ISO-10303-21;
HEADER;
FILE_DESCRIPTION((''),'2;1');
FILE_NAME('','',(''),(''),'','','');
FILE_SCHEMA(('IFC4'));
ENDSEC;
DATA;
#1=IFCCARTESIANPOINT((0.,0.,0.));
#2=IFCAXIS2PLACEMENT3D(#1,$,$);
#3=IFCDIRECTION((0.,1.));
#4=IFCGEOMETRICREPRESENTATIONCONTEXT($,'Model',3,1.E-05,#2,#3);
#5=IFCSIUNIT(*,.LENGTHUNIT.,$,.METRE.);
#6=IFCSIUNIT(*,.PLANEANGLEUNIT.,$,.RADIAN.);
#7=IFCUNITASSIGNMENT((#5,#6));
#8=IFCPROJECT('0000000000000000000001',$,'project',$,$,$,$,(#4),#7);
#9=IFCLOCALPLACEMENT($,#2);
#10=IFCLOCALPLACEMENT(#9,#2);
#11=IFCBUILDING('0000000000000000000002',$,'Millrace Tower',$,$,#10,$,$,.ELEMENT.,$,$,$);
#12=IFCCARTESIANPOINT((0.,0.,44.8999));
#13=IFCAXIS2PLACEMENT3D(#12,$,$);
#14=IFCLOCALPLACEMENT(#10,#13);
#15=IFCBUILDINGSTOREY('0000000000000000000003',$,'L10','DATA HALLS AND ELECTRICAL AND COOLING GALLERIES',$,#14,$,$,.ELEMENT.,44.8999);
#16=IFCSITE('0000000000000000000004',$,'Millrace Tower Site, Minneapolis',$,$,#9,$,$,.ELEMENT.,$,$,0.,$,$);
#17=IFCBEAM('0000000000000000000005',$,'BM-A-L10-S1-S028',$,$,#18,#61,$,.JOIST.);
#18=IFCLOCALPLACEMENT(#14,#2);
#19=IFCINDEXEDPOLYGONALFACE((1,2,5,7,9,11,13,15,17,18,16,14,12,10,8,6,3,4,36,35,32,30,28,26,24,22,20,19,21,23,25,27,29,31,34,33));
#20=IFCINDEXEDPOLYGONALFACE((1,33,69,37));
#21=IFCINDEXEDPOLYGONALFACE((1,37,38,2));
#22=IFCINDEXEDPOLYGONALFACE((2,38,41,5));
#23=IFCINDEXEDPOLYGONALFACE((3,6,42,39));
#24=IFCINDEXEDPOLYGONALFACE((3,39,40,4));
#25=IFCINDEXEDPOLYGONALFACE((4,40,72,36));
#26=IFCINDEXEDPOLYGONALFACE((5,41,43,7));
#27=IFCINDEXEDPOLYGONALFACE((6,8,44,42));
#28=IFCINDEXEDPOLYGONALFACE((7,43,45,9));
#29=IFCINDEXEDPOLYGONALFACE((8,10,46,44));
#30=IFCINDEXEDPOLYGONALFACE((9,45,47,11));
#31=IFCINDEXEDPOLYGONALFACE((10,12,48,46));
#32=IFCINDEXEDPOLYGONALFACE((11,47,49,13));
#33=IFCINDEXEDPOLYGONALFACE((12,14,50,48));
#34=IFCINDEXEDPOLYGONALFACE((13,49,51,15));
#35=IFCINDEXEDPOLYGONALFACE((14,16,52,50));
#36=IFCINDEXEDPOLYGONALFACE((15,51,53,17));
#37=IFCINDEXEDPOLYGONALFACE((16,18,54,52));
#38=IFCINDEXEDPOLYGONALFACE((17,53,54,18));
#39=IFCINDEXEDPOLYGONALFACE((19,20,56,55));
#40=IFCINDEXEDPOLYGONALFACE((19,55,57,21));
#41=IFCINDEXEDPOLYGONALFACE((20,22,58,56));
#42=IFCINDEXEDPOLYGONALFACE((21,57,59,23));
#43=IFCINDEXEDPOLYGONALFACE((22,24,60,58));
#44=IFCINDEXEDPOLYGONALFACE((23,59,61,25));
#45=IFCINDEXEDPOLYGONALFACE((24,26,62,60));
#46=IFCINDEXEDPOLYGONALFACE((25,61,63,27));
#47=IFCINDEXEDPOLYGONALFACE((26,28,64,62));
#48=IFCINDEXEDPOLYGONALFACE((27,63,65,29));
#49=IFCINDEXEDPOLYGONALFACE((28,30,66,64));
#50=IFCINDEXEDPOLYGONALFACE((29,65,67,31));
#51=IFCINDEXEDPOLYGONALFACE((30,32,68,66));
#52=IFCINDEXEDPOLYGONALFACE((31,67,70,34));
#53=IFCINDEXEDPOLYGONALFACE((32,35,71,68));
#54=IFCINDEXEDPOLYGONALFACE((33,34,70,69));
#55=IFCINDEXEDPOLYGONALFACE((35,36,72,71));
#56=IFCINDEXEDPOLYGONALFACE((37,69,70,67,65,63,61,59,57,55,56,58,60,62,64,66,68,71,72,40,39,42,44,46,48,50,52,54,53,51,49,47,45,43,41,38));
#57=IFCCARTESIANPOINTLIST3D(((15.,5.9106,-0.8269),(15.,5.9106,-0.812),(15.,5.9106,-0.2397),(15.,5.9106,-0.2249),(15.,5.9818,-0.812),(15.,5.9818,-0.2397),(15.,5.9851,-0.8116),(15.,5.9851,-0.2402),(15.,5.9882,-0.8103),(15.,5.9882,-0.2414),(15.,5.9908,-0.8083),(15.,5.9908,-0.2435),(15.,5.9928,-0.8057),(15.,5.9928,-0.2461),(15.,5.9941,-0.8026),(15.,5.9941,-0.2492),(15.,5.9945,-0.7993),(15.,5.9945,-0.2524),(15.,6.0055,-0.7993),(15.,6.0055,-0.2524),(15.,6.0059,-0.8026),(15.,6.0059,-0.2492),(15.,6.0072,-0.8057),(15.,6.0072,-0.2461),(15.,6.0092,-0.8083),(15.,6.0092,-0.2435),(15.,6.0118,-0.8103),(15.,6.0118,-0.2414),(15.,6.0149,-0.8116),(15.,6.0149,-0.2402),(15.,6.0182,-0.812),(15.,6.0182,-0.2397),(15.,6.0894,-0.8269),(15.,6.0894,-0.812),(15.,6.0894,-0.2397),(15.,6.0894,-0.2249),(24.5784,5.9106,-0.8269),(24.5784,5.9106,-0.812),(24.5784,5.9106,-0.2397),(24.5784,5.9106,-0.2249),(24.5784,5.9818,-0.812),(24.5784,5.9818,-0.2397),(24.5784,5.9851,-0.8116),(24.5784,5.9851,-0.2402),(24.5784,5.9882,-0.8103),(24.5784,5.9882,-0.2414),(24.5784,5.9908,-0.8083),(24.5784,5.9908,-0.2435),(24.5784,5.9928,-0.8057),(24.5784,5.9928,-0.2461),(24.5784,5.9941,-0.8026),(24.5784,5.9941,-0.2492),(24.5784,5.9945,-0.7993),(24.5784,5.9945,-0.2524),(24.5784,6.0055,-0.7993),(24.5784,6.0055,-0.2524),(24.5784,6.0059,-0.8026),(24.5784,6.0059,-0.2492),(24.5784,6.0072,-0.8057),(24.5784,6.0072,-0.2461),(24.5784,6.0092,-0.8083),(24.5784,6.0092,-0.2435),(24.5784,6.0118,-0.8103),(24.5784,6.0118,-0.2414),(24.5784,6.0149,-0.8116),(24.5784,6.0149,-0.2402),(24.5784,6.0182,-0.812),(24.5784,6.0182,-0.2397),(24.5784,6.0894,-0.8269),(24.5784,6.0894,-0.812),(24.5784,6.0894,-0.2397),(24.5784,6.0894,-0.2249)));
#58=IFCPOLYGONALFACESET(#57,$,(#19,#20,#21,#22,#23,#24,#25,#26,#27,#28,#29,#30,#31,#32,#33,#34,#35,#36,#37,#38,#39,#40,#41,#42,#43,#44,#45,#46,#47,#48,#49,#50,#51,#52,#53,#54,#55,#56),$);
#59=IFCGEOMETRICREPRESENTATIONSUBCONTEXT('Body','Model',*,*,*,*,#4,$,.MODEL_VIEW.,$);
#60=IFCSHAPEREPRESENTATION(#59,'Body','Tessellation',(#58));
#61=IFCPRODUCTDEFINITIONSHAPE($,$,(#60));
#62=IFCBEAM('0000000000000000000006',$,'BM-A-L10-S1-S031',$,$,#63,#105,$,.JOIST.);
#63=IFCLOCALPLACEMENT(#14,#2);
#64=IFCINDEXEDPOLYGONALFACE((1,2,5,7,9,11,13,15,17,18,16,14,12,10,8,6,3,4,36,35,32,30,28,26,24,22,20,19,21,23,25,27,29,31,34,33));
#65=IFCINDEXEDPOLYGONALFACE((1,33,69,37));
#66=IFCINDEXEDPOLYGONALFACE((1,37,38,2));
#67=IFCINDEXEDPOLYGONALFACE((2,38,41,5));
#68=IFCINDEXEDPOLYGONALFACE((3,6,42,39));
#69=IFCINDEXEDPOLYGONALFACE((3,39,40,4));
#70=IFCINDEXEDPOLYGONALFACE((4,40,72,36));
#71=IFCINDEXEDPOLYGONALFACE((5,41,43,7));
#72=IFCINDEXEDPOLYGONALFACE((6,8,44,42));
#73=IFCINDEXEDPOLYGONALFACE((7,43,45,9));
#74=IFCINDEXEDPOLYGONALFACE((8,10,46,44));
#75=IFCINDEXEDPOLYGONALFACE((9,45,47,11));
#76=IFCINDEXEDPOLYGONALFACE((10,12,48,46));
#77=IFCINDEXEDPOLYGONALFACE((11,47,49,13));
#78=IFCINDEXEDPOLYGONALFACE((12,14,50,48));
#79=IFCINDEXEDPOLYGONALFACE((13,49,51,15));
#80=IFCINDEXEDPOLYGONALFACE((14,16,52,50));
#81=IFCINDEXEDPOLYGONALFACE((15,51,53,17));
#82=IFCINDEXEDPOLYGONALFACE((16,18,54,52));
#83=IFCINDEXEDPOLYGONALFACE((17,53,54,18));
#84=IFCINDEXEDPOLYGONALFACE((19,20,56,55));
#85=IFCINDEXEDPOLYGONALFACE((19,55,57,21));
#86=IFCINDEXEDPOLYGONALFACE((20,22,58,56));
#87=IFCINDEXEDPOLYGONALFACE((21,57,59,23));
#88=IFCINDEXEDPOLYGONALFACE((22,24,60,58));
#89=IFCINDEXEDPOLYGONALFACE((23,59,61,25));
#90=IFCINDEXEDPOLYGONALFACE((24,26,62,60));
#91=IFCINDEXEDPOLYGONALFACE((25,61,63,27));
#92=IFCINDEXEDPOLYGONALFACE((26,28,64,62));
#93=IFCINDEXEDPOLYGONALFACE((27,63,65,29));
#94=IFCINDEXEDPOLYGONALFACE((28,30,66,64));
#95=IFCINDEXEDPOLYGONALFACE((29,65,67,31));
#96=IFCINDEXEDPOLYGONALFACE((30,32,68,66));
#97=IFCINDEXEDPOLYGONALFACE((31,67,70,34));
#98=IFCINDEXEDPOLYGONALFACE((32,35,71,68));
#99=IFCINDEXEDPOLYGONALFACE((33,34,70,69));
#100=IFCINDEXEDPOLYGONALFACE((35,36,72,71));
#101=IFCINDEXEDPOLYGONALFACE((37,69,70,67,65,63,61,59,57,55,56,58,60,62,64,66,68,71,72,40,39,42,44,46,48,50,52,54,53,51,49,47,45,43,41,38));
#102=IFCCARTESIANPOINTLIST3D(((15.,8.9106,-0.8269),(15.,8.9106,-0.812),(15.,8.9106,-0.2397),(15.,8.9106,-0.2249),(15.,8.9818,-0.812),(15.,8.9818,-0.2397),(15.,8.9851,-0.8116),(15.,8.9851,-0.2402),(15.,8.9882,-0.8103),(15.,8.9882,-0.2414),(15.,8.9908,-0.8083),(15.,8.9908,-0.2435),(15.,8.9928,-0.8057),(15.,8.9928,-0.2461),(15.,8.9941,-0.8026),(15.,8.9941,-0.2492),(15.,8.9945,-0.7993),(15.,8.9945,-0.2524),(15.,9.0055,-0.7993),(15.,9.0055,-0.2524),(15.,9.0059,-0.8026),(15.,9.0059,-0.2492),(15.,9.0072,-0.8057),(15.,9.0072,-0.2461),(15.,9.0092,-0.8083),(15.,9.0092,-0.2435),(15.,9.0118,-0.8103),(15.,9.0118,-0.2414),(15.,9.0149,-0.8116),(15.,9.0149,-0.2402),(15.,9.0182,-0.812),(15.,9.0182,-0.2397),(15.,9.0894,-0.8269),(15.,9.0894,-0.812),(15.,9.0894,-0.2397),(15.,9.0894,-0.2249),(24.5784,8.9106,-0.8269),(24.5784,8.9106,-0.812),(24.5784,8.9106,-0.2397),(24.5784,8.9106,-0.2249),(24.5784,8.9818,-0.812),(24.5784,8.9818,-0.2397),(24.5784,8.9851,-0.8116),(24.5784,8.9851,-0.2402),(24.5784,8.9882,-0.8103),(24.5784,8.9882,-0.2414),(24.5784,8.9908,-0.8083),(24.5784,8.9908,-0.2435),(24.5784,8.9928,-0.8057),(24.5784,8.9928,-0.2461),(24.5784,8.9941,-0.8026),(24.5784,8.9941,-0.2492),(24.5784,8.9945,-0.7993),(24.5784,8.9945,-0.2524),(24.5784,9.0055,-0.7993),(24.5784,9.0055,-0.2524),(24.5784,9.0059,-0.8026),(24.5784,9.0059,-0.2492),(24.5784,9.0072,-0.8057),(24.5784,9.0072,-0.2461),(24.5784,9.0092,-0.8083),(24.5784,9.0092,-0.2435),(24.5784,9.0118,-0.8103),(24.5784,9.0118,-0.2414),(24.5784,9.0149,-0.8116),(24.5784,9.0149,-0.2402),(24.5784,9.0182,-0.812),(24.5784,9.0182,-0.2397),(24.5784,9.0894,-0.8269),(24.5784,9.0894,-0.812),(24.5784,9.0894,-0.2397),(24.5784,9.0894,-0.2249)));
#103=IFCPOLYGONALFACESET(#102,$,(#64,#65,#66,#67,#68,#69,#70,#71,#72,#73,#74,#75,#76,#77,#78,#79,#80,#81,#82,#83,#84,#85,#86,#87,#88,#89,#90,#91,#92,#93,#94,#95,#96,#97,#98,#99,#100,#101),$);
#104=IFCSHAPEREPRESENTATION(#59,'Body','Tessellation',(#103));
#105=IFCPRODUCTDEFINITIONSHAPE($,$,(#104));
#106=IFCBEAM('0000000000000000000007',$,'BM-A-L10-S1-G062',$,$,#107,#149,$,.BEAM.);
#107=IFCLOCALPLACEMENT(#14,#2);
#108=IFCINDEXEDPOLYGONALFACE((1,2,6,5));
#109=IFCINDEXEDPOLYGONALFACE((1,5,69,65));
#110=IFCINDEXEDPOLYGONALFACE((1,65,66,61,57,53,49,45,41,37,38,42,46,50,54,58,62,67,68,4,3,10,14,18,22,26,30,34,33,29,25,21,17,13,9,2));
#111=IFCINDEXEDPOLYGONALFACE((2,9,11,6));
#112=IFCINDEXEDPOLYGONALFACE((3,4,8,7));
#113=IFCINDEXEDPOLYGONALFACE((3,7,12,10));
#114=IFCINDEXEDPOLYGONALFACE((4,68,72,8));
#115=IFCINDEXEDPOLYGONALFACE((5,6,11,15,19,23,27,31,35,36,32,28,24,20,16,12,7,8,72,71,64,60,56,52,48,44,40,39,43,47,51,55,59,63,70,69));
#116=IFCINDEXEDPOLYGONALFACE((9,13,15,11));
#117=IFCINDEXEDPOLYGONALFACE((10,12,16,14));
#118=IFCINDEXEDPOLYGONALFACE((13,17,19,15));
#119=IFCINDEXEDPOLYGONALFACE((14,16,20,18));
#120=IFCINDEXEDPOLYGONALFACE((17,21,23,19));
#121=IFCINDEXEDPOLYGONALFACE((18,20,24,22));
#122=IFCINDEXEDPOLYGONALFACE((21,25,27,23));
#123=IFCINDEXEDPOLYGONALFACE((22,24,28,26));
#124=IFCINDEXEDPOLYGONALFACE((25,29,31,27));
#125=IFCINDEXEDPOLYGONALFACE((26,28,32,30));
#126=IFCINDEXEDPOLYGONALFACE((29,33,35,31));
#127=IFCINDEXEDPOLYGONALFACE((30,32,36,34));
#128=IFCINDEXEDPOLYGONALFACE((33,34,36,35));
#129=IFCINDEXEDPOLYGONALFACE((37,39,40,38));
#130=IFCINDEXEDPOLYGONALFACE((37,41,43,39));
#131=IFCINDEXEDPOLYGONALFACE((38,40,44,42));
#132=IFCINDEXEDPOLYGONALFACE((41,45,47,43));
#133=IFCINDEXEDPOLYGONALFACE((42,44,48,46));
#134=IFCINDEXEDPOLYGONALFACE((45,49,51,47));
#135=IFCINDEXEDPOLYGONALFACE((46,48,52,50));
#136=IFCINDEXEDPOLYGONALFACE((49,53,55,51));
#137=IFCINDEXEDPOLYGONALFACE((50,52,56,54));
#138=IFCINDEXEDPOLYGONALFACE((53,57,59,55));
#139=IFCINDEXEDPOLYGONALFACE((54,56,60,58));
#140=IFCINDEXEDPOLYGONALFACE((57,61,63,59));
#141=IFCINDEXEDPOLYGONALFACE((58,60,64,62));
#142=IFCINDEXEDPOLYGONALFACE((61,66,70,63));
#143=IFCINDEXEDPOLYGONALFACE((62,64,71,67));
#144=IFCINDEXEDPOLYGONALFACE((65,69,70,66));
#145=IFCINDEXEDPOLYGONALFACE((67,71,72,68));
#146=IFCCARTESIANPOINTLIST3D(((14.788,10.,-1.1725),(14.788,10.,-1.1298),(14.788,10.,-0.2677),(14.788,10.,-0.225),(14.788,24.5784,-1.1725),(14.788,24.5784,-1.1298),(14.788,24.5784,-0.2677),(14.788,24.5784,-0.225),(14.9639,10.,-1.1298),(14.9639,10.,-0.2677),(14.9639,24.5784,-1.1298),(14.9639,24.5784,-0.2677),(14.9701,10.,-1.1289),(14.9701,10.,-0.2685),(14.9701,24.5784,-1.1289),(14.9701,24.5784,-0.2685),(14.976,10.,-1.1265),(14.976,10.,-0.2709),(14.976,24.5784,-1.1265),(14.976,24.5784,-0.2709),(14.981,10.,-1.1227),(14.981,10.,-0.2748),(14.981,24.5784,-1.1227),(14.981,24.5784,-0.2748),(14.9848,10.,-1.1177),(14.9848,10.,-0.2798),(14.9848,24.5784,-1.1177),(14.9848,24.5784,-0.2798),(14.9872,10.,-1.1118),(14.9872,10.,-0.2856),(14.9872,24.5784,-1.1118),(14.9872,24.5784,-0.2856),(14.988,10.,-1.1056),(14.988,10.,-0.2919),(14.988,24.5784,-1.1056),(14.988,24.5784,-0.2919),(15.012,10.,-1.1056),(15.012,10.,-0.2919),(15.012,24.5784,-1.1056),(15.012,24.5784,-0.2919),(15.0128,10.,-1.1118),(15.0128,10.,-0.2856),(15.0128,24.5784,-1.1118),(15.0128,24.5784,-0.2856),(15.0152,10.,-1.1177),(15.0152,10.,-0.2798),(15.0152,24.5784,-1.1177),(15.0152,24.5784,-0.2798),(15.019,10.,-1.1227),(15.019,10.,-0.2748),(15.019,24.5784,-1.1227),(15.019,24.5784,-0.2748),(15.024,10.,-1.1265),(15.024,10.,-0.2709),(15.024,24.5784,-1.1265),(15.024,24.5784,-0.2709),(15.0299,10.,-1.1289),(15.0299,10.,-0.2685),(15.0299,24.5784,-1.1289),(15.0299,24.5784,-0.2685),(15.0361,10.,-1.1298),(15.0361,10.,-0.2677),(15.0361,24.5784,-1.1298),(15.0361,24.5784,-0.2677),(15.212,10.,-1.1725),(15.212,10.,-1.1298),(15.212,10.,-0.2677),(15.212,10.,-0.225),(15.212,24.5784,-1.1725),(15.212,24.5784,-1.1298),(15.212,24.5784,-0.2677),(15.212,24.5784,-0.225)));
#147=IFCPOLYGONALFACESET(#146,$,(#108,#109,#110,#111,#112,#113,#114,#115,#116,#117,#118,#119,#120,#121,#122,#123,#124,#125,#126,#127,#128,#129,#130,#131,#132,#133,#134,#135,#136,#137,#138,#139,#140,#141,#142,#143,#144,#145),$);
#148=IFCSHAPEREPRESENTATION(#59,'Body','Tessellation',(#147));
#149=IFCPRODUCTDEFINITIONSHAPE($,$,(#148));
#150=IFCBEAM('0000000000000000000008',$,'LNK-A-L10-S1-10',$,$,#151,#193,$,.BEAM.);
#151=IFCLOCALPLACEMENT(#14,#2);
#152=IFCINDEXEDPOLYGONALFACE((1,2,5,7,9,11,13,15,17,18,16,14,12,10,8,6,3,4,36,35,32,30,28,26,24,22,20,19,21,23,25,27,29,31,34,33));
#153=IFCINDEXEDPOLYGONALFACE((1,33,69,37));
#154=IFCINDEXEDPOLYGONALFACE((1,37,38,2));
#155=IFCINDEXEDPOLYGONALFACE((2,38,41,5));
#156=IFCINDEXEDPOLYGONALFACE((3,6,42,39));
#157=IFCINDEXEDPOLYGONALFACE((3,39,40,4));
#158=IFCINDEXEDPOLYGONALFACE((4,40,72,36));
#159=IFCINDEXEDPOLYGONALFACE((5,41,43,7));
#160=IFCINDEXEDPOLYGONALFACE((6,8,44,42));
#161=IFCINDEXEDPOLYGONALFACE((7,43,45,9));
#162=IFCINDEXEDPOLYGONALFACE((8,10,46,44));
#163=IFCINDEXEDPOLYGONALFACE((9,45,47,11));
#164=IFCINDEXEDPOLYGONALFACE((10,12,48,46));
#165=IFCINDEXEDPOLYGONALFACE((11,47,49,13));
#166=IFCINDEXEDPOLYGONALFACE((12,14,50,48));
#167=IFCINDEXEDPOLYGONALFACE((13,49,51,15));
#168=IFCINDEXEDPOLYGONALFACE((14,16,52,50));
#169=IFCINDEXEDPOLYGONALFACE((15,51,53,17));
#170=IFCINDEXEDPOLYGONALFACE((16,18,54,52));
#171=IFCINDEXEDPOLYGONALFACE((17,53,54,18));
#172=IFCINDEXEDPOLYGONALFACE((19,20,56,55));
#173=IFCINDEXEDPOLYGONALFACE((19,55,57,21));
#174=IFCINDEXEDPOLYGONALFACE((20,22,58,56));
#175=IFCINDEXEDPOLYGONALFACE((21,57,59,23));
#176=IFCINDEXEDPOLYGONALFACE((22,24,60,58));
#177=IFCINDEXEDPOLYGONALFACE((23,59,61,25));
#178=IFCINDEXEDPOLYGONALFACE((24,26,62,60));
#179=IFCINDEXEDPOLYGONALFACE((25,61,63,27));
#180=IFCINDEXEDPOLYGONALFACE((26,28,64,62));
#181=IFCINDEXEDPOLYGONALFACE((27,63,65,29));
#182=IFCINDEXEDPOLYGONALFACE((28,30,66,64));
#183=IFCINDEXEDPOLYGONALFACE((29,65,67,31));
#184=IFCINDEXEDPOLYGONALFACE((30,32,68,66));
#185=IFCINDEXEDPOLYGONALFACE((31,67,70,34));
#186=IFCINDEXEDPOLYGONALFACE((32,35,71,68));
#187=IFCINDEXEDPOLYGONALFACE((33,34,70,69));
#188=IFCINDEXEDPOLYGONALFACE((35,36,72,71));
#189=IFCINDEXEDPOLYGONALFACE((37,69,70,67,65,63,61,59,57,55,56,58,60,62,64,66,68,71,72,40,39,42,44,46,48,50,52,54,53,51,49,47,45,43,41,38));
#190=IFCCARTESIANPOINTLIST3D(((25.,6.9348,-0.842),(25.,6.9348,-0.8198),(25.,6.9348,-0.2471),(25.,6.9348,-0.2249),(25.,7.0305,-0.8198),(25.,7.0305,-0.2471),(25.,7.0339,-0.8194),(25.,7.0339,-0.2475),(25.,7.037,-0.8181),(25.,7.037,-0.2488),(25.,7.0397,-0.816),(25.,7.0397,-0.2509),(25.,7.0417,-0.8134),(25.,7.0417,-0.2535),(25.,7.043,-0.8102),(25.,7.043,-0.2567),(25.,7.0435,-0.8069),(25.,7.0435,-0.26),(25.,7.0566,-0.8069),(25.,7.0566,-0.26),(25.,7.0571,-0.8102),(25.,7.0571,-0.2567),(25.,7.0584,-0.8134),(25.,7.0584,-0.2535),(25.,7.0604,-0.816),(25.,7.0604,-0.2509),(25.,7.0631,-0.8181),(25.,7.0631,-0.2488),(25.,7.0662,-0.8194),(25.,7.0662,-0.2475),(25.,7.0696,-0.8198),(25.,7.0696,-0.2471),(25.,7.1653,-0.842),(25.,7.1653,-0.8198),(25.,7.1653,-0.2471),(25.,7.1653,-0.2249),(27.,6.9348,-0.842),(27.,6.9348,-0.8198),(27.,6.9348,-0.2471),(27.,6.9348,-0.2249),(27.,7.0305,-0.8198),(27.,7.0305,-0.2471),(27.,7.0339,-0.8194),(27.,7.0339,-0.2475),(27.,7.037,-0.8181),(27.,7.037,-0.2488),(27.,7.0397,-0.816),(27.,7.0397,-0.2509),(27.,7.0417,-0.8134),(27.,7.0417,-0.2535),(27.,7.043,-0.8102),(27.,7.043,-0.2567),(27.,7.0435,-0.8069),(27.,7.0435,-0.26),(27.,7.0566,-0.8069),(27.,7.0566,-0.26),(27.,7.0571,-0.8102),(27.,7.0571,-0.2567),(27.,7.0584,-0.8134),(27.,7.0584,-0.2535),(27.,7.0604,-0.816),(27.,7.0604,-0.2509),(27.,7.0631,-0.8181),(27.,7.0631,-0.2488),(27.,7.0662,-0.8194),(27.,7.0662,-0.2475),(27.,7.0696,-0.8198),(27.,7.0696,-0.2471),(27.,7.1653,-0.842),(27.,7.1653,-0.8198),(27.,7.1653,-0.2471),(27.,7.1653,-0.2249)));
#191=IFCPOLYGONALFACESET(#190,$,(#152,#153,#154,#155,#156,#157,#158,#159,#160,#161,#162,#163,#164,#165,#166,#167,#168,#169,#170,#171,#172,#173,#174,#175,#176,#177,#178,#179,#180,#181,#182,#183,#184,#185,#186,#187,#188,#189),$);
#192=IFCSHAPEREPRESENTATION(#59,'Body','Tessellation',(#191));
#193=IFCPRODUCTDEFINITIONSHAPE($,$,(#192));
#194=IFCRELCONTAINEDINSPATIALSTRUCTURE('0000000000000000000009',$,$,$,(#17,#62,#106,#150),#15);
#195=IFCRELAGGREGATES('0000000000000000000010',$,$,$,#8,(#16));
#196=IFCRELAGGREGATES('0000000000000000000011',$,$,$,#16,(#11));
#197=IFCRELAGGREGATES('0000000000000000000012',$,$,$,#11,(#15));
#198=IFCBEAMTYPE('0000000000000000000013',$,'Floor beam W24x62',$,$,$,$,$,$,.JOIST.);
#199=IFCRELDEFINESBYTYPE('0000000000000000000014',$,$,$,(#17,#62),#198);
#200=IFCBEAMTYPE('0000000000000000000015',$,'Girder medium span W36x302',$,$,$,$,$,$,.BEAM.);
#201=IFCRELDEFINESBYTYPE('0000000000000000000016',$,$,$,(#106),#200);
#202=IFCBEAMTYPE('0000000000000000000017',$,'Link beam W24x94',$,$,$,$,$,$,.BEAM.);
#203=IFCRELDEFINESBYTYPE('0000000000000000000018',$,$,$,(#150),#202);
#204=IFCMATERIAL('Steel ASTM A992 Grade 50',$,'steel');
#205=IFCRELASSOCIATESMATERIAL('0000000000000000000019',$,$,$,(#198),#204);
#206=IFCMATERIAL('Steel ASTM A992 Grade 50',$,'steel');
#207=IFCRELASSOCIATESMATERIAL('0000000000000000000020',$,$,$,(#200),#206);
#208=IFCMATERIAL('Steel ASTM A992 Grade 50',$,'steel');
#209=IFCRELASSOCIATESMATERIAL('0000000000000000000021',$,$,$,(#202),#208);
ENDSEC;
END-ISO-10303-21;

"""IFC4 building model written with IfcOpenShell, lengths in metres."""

from ifc_helpers import new_model, si_unit, direction, frame, origin, origin_2d, place, context, subcontext, project, spatial, i_section, extrude, material, material_profile, profile_set, type_object, element, save


model = new_model("IFC4")

# Units and contexts
model_context = context("Model", 3, precision=1e-05, world=origin(), true_north=direction((0.0, 1.0)))
body_context = subcontext(model_context, "Body", "Model", "MODEL_VIEW")
ifc_project = project(units=[si_unit("LENGTHUNIT", "METRE"), si_unit("PLANEANGLEUNIT", "RADIAN")], contexts=[model_context])

# Site, building, storey
site_placement = place(None, origin())
site = spatial("IfcSite", under=ifc_project, at=site_placement, Name="Millrace Tower Site, Minneapolis", CompositionType="ELEMENT", RefElevation=0.0)
building_placement = place(site_placement, origin())
building = spatial("IfcBuilding", under=site, at=building_placement, Name="Millrace Tower", CompositionType="ELEMENT")
storey_placement = place(building_placement, frame((0.0, 0.0, 44.8999)))
storey = spatial("IfcBuildingStorey", under=building, at=storey_placement, Name="L10", Description="DATA HALLS AND ELECTRICAL AND COOLING GALLERIES", CompositionType="ELEMENT", Elevation=44.8999)

# Beams
ifc_material_1 = material(Name="Steel ASTM A992 Grade 50", Category="steel")
ifc_material_profile_1 = material_profile(ifc_material_1, i_section(OverallWidth=0.1787, OverallDepth=0.6021, WebThickness=0.011, FlangeThickness=0.0149, FilletRadius=0.0127, at=origin_2d()))
ifc_profile_set_1 = profile_set([ifc_material_profile_1], Name="Steel ASTM A992 Grade 50")
beam_type_1 = type_object("IfcBeamType", Name="Floor beam W24x62", PredefinedType="JOIST", material=ifc_profile_set_1)
for number, where, z_axis, x_axis, name in (
    (1, (15.0, 6.0, -0.5259), (1.0, 0.0, 0.0), (0.0, 1.0, 0.0), "BM-A-L10-S1-S028"),
    (2, (15.0, 9.0, -0.5259), (1.0, 0.0, 0.0), (0.0, 1.0, 0.0), "BM-A-L10-S1-S031"),
):
    element("IfcBeam", number, at=place(storey_placement, frame(where, z_axis=z_axis, x_axis=x_axis)), inside=storey, type_object=beam_type_1, Name=name, PredefinedType="JOIST", context=body_context, shape_type="SweptSolid", body=[
        extrude(i_section(OverallWidth=0.1787, OverallDepth=0.6021, WebThickness=0.011, FlangeThickness=0.0149, FilletRadius=0.0127, at=origin_2d()), origin(), (0.0, 0.0, 1.0), 9.5784),
    ])
ifc_material_2 = material(Name="Steel ASTM A992 Grade 50", Category="steel")
ifc_material_profile_2 = material_profile(ifc_material_2, i_section(OverallWidth=0.4241, OverallDepth=0.9475, WebThickness=0.0239, FlangeThickness=0.0427, FilletRadius=0.0242, at=origin_2d()))
ifc_profile_set_2 = profile_set([ifc_material_profile_2], Name="Steel ASTM A992 Grade 50")
beam_type_2 = type_object("IfcBeamType", Name="Girder medium span W36x302", PredefinedType="BEAM", material=ifc_profile_set_2)
beam_1_placement = place(storey_placement, frame((15.0, 10.0, -0.6987), z_axis=(0.0, 1.0, 0.0), x_axis=(-1.0, 0.0, 0.0)))
element("IfcBeam", 3, at=beam_1_placement, inside=storey, type_object=beam_type_2, Name="BM-A-L10-S1-G062", PredefinedType="BEAM", context=body_context, shape_type="SweptSolid", body=[
    extrude(i_section(OverallWidth=0.4241, OverallDepth=0.9475, WebThickness=0.0239, FlangeThickness=0.0427, FilletRadius=0.0242, at=origin_2d()), origin(), (0.0, 0.0, 1.0), 14.5784),
])
ifc_material_3 = material(Name="Steel ASTM A992 Grade 50", Category="steel")
ifc_material_profile_3 = material_profile(ifc_material_3, i_section(OverallWidth=0.2305, OverallDepth=0.6172, WebThickness=0.0132, FlangeThickness=0.0222, FilletRadius=0.0129, at=origin_2d()))
ifc_profile_set_3 = profile_set([ifc_material_profile_3], Name="Steel ASTM A992 Grade 50")
beam_type_3 = type_object("IfcBeamType", Name="Link beam W24x94", PredefinedType="BEAM", material=ifc_profile_set_3)
beam_2_placement = place(storey_placement, frame((25.0, 7.05, -0.5334), z_axis=(1.0, 0.0, 0.0), x_axis=(0.0, 1.0, 0.0)))
element("IfcBeam", 4, at=beam_2_placement, inside=storey, type_object=beam_type_3, Name="LNK-A-L10-S1-10", PredefinedType="BEAM", context=body_context, shape_type="SweptSolid", body=[
    extrude(i_section(OverallWidth=0.2305, OverallDepth=0.6172, WebThickness=0.0132, FlangeThickness=0.0222, FilletRadius=0.0129, at=origin_2d()), origin(), (0.0, 0.0, 1.0), 2.0),
])

save(model, "model.ifc")
